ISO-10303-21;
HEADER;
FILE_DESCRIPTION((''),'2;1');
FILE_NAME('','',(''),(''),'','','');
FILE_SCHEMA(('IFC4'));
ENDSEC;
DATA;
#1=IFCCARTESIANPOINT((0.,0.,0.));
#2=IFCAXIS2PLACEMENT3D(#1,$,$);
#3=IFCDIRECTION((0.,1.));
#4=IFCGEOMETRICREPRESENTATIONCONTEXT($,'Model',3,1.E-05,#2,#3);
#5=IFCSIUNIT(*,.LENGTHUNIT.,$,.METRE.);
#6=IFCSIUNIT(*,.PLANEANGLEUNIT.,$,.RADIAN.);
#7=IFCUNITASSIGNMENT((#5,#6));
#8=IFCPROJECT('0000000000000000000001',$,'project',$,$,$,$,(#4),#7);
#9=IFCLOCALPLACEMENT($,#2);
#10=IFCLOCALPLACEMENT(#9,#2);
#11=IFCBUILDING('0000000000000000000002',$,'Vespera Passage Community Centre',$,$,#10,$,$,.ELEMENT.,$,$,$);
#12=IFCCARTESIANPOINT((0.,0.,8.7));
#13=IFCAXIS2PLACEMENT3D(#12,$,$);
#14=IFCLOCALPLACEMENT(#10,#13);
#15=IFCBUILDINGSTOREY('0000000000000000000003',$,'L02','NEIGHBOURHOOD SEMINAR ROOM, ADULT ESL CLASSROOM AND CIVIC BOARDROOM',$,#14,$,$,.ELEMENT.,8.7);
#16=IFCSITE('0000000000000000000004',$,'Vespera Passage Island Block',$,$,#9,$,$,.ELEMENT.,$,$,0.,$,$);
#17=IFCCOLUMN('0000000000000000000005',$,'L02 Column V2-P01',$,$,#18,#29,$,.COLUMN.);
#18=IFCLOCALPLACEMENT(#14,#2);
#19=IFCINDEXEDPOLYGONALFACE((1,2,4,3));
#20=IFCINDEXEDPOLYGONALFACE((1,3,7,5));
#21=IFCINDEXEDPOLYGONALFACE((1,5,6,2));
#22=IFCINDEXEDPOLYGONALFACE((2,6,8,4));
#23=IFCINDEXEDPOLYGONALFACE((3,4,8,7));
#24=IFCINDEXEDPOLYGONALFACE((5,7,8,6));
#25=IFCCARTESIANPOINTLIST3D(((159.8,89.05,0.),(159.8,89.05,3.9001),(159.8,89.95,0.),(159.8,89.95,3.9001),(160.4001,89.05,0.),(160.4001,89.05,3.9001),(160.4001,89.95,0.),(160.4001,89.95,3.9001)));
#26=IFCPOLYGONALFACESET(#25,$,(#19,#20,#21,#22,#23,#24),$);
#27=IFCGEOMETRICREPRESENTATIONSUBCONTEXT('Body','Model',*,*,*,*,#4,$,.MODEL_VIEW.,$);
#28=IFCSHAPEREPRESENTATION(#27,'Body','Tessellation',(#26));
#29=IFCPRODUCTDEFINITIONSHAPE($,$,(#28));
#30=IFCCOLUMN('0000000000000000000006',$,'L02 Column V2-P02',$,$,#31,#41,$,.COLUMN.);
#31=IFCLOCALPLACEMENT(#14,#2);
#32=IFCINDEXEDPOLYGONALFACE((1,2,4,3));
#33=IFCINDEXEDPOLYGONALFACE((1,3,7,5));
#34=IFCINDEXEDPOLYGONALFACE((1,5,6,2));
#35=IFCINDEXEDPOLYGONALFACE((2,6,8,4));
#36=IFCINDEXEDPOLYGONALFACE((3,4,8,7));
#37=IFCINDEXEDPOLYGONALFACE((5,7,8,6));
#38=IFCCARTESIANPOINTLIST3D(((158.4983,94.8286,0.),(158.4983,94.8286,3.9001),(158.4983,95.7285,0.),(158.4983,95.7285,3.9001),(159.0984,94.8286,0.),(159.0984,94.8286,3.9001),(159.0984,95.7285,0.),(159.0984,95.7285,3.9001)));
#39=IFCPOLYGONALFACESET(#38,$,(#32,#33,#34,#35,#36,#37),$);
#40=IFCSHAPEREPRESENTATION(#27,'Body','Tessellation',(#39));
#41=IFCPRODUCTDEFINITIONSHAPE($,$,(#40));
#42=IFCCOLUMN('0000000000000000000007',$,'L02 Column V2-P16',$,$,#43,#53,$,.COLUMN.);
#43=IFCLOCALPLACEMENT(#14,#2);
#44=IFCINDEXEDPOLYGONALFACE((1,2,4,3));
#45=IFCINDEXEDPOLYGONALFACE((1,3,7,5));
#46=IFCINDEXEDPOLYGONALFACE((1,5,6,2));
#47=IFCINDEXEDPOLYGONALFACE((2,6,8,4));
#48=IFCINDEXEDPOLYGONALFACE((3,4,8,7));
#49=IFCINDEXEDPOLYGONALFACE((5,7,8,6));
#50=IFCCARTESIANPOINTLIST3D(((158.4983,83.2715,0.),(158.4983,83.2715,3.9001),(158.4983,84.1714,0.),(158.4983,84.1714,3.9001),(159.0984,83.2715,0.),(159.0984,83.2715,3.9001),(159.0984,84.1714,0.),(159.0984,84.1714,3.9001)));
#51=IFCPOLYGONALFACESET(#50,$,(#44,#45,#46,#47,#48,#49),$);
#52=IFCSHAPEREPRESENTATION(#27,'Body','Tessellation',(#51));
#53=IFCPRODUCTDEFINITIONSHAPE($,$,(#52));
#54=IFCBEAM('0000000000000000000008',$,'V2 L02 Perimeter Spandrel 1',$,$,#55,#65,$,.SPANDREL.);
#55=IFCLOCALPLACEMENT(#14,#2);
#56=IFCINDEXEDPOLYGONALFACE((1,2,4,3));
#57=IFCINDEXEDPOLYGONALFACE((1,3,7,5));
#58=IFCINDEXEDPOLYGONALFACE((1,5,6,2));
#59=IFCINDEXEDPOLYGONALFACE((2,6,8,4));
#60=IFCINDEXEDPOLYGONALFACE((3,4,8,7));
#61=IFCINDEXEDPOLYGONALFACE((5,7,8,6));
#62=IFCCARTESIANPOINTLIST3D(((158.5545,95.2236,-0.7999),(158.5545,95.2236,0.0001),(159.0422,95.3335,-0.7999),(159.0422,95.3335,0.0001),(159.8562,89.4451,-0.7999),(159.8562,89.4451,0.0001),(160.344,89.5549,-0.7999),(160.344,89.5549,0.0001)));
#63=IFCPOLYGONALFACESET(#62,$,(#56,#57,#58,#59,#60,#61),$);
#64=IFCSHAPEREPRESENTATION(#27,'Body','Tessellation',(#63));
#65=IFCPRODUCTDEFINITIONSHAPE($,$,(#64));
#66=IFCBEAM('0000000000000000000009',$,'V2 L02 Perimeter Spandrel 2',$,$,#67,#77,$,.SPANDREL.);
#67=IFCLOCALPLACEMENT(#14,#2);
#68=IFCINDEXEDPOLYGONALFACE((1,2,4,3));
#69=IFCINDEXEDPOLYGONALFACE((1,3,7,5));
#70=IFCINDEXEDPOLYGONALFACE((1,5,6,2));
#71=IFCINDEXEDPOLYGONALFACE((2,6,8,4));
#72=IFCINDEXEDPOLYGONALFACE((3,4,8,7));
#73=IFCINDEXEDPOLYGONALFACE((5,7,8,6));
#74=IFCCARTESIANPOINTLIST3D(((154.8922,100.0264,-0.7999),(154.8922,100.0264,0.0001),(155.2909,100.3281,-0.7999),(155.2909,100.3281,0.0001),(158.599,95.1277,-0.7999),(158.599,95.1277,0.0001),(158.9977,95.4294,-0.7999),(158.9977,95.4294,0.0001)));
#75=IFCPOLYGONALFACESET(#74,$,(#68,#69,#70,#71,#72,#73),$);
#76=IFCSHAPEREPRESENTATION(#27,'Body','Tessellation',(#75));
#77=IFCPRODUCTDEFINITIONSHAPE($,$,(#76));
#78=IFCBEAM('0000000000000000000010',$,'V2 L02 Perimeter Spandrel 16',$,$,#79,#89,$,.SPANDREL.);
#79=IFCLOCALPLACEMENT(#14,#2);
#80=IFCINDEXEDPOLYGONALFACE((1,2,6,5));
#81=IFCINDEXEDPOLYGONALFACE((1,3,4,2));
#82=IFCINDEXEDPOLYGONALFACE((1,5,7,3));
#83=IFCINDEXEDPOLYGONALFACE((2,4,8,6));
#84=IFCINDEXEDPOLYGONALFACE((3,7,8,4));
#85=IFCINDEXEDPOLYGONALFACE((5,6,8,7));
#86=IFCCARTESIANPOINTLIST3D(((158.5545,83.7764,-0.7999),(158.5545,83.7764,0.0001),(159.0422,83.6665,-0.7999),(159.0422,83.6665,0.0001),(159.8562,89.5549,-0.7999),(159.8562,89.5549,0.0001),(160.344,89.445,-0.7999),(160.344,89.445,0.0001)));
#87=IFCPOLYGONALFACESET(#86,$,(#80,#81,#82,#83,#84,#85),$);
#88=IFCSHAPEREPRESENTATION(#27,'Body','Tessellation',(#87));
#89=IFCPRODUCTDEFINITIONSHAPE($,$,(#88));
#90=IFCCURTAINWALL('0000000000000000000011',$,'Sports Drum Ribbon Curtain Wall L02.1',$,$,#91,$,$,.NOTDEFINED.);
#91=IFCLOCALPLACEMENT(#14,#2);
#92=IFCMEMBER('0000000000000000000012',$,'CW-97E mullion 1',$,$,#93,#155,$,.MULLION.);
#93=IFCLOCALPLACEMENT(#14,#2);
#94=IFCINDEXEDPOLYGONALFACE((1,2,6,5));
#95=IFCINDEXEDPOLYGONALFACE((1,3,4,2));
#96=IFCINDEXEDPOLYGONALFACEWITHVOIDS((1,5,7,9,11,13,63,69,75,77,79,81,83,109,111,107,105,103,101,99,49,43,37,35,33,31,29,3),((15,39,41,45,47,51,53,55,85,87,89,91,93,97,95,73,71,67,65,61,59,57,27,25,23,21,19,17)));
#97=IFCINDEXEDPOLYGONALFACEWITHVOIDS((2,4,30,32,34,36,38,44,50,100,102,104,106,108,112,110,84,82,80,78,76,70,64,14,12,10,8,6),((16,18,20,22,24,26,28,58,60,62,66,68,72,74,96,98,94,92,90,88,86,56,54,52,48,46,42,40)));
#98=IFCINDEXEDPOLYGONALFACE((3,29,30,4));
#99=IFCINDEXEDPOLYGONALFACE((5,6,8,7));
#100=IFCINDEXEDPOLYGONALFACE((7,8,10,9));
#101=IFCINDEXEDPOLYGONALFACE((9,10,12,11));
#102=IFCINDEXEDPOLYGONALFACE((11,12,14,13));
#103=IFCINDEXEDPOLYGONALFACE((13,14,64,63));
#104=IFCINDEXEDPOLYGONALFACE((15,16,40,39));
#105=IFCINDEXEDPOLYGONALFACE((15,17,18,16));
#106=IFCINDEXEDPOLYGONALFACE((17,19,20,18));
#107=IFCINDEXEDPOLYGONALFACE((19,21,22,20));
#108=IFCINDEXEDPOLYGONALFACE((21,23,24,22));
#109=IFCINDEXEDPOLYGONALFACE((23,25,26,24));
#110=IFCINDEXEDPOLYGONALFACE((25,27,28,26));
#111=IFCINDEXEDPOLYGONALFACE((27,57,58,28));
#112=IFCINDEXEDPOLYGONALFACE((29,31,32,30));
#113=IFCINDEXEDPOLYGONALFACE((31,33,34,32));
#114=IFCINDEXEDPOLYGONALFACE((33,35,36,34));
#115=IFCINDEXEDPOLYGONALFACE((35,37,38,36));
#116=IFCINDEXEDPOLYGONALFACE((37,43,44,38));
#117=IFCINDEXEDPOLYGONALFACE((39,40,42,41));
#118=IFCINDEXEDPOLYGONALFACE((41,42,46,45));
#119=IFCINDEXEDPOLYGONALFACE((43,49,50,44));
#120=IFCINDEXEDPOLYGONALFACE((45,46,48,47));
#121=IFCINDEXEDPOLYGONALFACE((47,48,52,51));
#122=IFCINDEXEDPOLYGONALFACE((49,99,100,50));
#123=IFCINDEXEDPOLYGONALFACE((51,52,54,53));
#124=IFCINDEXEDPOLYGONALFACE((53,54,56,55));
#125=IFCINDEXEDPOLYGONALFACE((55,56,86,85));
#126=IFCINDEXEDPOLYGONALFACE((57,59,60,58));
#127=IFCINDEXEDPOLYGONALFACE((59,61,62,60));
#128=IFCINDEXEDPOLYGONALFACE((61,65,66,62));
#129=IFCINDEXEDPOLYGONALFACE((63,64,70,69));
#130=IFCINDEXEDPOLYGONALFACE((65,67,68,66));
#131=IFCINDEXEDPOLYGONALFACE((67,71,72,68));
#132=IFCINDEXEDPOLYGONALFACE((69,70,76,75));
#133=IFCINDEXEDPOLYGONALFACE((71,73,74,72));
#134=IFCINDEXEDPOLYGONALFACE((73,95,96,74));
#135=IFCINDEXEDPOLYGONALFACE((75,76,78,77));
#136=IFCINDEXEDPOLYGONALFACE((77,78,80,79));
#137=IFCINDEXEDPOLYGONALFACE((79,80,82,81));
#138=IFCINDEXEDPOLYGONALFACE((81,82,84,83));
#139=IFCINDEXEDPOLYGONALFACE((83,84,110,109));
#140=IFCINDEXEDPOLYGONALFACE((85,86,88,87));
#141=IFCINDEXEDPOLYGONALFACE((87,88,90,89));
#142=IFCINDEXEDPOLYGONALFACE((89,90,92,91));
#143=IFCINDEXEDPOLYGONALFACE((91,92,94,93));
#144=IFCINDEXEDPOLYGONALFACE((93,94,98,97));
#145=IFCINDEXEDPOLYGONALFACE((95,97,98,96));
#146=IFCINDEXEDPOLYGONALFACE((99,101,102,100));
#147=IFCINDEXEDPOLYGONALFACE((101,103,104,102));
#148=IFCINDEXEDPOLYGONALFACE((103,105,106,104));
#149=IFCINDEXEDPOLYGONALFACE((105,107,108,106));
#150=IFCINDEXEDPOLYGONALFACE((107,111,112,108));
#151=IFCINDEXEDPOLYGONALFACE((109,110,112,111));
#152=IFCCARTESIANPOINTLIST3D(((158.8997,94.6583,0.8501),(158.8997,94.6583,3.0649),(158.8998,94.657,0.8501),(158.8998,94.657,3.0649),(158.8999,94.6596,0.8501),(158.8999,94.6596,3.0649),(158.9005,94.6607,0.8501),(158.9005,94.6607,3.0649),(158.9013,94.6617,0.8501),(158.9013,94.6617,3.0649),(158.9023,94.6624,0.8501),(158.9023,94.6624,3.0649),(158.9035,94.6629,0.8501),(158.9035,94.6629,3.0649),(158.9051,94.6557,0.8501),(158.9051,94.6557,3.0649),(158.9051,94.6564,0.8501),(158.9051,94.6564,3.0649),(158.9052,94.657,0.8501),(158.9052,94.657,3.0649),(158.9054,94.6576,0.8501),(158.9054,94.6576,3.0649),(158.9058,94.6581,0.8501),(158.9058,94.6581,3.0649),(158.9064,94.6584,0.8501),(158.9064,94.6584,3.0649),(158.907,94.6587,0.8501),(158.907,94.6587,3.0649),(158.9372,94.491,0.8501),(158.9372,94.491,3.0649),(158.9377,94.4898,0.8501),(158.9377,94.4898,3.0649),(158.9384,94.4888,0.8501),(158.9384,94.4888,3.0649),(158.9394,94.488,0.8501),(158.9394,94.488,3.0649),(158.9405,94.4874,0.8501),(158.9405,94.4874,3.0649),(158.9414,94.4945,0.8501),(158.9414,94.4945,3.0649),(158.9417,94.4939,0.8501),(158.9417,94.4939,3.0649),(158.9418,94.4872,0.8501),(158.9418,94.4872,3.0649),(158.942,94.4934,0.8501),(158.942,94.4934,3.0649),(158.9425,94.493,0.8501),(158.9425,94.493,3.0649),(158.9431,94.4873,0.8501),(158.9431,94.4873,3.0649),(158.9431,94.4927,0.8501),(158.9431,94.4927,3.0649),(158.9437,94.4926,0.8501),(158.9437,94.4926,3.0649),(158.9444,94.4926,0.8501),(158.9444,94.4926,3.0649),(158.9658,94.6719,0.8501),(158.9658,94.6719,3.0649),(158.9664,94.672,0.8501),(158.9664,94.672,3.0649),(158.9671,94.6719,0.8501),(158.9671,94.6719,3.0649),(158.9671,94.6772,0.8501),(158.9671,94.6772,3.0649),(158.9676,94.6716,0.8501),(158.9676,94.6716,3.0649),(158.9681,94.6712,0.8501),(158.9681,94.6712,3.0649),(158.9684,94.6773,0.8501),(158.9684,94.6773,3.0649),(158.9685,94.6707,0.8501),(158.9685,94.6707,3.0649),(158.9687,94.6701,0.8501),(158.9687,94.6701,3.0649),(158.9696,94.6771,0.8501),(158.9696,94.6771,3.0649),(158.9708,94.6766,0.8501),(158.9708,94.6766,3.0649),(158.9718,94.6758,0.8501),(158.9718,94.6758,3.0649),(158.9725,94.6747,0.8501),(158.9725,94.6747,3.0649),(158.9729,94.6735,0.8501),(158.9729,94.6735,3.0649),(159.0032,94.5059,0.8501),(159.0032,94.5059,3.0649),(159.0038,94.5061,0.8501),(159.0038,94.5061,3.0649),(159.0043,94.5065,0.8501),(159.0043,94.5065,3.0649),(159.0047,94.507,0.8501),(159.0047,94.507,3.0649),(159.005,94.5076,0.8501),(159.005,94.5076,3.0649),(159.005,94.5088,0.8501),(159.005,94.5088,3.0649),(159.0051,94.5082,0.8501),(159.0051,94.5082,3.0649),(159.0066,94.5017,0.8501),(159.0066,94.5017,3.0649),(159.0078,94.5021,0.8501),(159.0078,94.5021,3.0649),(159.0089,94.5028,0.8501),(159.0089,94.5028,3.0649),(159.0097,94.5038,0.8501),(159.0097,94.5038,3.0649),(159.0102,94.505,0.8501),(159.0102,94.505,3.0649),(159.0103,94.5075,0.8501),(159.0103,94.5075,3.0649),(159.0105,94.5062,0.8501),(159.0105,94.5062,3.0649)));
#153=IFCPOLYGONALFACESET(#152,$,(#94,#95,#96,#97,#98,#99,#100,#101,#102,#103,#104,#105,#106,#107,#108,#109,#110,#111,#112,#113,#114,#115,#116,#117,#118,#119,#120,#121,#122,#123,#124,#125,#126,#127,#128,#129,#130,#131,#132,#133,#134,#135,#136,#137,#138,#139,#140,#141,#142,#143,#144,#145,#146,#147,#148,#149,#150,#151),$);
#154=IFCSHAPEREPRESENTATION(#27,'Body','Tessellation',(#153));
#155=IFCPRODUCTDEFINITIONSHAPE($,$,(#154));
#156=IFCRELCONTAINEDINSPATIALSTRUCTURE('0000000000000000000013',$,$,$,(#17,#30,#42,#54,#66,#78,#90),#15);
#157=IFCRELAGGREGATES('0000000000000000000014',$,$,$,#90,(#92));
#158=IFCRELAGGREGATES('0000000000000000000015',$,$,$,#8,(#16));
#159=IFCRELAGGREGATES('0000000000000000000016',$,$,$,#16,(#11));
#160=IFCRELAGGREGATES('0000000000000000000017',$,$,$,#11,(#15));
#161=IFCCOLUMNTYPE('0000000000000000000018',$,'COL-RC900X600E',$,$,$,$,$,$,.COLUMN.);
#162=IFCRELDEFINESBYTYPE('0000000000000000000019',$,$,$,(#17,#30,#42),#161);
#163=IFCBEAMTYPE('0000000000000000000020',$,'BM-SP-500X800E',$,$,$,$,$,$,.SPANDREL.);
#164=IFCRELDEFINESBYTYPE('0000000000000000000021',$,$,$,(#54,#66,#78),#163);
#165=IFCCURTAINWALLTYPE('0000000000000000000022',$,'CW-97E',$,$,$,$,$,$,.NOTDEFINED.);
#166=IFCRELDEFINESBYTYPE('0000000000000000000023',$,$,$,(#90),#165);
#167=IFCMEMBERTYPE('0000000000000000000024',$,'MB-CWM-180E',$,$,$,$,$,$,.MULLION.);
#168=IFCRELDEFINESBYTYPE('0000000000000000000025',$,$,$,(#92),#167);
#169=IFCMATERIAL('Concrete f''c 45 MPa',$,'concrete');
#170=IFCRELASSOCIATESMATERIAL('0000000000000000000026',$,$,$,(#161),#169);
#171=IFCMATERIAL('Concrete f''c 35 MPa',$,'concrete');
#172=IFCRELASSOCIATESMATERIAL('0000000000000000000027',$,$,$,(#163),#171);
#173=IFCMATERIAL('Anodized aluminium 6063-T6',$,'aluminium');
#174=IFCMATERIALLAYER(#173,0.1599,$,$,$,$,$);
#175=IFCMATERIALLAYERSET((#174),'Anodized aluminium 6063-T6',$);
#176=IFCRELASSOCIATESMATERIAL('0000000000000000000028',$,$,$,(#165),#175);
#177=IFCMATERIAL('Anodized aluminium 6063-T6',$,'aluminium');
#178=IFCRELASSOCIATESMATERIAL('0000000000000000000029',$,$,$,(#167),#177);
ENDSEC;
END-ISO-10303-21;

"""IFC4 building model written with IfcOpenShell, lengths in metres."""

from ifc_helpers import new_model, si_unit, direction, frame, origin, origin_2d, place, context, subcontext, project, spatial, rectangle, hollow_rectangle, extrude, material, layer, layer_set, material_profile, profile_set, type_object, element, aggregate, save


model = new_model("IFC4")

# Units and contexts
model_context = context("Model", 3, precision=1e-05, world=origin(), true_north=direction((0.0, 1.0)))
body_context = subcontext(model_context, "Body", "Model", "MODEL_VIEW")
ifc_project = project(units=[si_unit("LENGTHUNIT", "METRE"), si_unit("PLANEANGLEUNIT", "RADIAN")], contexts=[model_context])

# Site, building, storey
site_placement = place(None, origin())
site = spatial("IfcSite", under=ifc_project, at=site_placement, Name="Vespera Passage Island Block", CompositionType="ELEMENT", RefElevation=0.0)
building_placement = place(site_placement, origin())
building = spatial("IfcBuilding", under=site, at=building_placement, Name="Vespera Passage Community Centre", CompositionType="ELEMENT")
storey_placement = place(building_placement, frame((0.0, 0.0, 8.7)))
storey = spatial("IfcBuildingStorey", under=building, at=storey_placement, Name="L02", Description="NEIGHBOURHOOD SEMINAR ROOM, ADULT ESL CLASSROOM AND CIVIC BOARDROOM", CompositionType="ELEMENT", Elevation=8.7)

# Columns
ifc_material_1 = material(Name="Concrete f'c 45 MPa", Category="concrete")
ifc_material_profile_1 = material_profile(ifc_material_1, rectangle(XDim=0.6001, YDim=0.8999, at=origin_2d()), Name="RC900X600")
ifc_profile_set_1 = profile_set([ifc_material_profile_1], Name="Concrete f'c 45 MPa")
column_type = type_object("IfcColumnType", Name="COL-RC900X600E", PredefinedType="COLUMN", material=ifc_profile_set_1)
for number, where, z_axis, x_axis, name in (
    (1, (160.1001, 89.5, 0.0), (0.0, 0.0, 1.0), (1.0, 0.0, 0.0), "L02 Column V2-P01"),
    (2, (158.7983, 95.2786, 0.0), (0.0, 0.0, 1.0), (1.0, 0.0, 0.0), "L02 Column V2-P02"),
    (3, (158.7983, 83.7214, 0.0), (0.0, 0.0, 1.0), (1.0, 0.0, 0.0), "L02 Column V2-P16"),
):
    element("IfcColumn", number, at=place(storey_placement, frame(where, z_axis=z_axis, x_axis=x_axis)), inside=storey, type_object=column_type, Name=name, PredefinedType="COLUMN", context=body_context, shape_type="SweptSolid", body=[
        extrude(rectangle(XDim=0.6001, YDim=0.8999, at=origin_2d()), origin(), (0.0, 0.0, 1.0), 3.9001),
    ])

# Beams
ifc_material_2 = material(Name="Concrete f'c 35 MPa", Category="concrete")
ifc_material_profile_2 = material_profile(ifc_material_2, rectangle(XDim=0.5, YDim=0.8, at=origin_2d()), Name="RC500X800")
ifc_profile_set_2 = profile_set([ifc_material_profile_2], Name="Concrete f'c 35 MPa")
beam_type = type_object("IfcBeamType", Name="BM-SP-500X800E", PredefinedType="SPANDREL", material=ifc_profile_set_2)
beam_1_placement = place(storey_placement, frame((160.1001, 89.5, -0.3999), z_axis=(-0.219766, 0.975553, 0.0), x_axis=(-0.975553, -0.219766, 0.0)))
element("IfcBeam", 4, at=beam_1_placement, inside=storey, type_object=beam_type, Name="V2 L02 Perimeter Spandrel 1", PredefinedType="SPANDREL", context=body_context, shape_type="SweptSolid", body=[
    extrude(rectangle(XDim=0.5, YDim=0.8, at=origin_2d()), origin(), (0.0, 0.0, 1.0), 5.9233),
])
beam_2_placement = place(storey_placement, frame((158.7983, 95.2786, -0.3999), z_axis=(-0.603409, 0.797432, 0.0), x_axis=(-0.797432, -0.603409, 0.0)))
element("IfcBeam", 5, at=beam_2_placement, inside=storey, type_object=beam_type, Name="V2 L02 Perimeter Spandrel 2", PredefinedType="SPANDREL", context=body_context, shape_type="SweptSolid", body=[
    extrude(rectangle(XDim=0.5, YDim=0.8, at=origin_2d()), origin(), (0.0, 0.0, 1.0), 6.1431),
])
beam_3_placement = place(storey_placement, frame((158.7983, 83.7214, -0.3999), z_axis=(0.219766, 0.975553, 0.0), x_axis=(-0.975553, 0.219766, 0.0)))
element("IfcBeam", 6, at=beam_3_placement, inside=storey, type_object=beam_type, Name="V2 L02 Perimeter Spandrel 16", PredefinedType="SPANDREL", context=body_context, shape_type="SweptSolid", body=[
    extrude(rectangle(XDim=0.5, YDim=0.8, at=origin_2d()), origin(), (0.0, 0.0, 1.0), 5.9233),
])

# Curtain wall, member
ifc_material_3 = material(Name="Anodized aluminium 6063-T6", Category="aluminium")
ifc_layer_1 = layer(ifc_material_3, 0.1599)
ifc_layer_set_1 = layer_set([ifc_layer_1], Name="Anodized aluminium 6063-T6")
curtain_wall_type_1 = type_object("IfcCurtainWallType", Name="CW-97E", PredefinedType="NOTDEFINED", material=ifc_layer_set_1)
curtain_wall_1_placement = place(storey_placement, origin())
curtain_wall_1 = element("IfcCurtainWall", 7, at=curtain_wall_1_placement, inside=storey, type_object=curtain_wall_type_1, Name="Sports Drum Ribbon Curtain Wall L02.1", PredefinedType="NOTDEFINED")
ifc_material_4 = material(Name="Anodized aluminium 6063-T6", Category="aluminium")
ifc_material_profile_3 = material_profile(ifc_material_4, hollow_rectangle(XDim=0.075, YDim=0.1799, WallThickness=0.0049, InnerFilletRadius=0.0024, OuterFilletRadius=0.0049, at=origin_2d()), Name="ALU180X75X5")
ifc_profile_set_3 = profile_set([ifc_material_profile_3], Name="Anodized aluminium 6063-T6")
member_type_1 = type_object("IfcMemberType", Name="MB-CWM-180E", PredefinedType="MULLION", material=ifc_profile_set_3)
member_1_placement = place(storey_placement, frame((158.9551, 94.5823, 0.8501), z_axis=(0.0, 0.0, 1.0), x_axis=(0.975553, 0.219763, 0.0)))
member_1 = element("IfcMember", 8, at=member_1_placement, type_object=member_type_1, Name="CW-97E mullion 1", PredefinedType="MULLION", context=body_context, shape_type="SweptSolid", body=[
    extrude(hollow_rectangle(XDim=0.075, YDim=0.1799, WallThickness=0.0049, InnerFilletRadius=0.0024, OuterFilletRadius=0.0049, at=origin_2d()), origin(), (0.0, 0.0, 1.0), 2.2148),
])

aggregate(curtain_wall_1, [member_1])

save(model, "model.ifc")
